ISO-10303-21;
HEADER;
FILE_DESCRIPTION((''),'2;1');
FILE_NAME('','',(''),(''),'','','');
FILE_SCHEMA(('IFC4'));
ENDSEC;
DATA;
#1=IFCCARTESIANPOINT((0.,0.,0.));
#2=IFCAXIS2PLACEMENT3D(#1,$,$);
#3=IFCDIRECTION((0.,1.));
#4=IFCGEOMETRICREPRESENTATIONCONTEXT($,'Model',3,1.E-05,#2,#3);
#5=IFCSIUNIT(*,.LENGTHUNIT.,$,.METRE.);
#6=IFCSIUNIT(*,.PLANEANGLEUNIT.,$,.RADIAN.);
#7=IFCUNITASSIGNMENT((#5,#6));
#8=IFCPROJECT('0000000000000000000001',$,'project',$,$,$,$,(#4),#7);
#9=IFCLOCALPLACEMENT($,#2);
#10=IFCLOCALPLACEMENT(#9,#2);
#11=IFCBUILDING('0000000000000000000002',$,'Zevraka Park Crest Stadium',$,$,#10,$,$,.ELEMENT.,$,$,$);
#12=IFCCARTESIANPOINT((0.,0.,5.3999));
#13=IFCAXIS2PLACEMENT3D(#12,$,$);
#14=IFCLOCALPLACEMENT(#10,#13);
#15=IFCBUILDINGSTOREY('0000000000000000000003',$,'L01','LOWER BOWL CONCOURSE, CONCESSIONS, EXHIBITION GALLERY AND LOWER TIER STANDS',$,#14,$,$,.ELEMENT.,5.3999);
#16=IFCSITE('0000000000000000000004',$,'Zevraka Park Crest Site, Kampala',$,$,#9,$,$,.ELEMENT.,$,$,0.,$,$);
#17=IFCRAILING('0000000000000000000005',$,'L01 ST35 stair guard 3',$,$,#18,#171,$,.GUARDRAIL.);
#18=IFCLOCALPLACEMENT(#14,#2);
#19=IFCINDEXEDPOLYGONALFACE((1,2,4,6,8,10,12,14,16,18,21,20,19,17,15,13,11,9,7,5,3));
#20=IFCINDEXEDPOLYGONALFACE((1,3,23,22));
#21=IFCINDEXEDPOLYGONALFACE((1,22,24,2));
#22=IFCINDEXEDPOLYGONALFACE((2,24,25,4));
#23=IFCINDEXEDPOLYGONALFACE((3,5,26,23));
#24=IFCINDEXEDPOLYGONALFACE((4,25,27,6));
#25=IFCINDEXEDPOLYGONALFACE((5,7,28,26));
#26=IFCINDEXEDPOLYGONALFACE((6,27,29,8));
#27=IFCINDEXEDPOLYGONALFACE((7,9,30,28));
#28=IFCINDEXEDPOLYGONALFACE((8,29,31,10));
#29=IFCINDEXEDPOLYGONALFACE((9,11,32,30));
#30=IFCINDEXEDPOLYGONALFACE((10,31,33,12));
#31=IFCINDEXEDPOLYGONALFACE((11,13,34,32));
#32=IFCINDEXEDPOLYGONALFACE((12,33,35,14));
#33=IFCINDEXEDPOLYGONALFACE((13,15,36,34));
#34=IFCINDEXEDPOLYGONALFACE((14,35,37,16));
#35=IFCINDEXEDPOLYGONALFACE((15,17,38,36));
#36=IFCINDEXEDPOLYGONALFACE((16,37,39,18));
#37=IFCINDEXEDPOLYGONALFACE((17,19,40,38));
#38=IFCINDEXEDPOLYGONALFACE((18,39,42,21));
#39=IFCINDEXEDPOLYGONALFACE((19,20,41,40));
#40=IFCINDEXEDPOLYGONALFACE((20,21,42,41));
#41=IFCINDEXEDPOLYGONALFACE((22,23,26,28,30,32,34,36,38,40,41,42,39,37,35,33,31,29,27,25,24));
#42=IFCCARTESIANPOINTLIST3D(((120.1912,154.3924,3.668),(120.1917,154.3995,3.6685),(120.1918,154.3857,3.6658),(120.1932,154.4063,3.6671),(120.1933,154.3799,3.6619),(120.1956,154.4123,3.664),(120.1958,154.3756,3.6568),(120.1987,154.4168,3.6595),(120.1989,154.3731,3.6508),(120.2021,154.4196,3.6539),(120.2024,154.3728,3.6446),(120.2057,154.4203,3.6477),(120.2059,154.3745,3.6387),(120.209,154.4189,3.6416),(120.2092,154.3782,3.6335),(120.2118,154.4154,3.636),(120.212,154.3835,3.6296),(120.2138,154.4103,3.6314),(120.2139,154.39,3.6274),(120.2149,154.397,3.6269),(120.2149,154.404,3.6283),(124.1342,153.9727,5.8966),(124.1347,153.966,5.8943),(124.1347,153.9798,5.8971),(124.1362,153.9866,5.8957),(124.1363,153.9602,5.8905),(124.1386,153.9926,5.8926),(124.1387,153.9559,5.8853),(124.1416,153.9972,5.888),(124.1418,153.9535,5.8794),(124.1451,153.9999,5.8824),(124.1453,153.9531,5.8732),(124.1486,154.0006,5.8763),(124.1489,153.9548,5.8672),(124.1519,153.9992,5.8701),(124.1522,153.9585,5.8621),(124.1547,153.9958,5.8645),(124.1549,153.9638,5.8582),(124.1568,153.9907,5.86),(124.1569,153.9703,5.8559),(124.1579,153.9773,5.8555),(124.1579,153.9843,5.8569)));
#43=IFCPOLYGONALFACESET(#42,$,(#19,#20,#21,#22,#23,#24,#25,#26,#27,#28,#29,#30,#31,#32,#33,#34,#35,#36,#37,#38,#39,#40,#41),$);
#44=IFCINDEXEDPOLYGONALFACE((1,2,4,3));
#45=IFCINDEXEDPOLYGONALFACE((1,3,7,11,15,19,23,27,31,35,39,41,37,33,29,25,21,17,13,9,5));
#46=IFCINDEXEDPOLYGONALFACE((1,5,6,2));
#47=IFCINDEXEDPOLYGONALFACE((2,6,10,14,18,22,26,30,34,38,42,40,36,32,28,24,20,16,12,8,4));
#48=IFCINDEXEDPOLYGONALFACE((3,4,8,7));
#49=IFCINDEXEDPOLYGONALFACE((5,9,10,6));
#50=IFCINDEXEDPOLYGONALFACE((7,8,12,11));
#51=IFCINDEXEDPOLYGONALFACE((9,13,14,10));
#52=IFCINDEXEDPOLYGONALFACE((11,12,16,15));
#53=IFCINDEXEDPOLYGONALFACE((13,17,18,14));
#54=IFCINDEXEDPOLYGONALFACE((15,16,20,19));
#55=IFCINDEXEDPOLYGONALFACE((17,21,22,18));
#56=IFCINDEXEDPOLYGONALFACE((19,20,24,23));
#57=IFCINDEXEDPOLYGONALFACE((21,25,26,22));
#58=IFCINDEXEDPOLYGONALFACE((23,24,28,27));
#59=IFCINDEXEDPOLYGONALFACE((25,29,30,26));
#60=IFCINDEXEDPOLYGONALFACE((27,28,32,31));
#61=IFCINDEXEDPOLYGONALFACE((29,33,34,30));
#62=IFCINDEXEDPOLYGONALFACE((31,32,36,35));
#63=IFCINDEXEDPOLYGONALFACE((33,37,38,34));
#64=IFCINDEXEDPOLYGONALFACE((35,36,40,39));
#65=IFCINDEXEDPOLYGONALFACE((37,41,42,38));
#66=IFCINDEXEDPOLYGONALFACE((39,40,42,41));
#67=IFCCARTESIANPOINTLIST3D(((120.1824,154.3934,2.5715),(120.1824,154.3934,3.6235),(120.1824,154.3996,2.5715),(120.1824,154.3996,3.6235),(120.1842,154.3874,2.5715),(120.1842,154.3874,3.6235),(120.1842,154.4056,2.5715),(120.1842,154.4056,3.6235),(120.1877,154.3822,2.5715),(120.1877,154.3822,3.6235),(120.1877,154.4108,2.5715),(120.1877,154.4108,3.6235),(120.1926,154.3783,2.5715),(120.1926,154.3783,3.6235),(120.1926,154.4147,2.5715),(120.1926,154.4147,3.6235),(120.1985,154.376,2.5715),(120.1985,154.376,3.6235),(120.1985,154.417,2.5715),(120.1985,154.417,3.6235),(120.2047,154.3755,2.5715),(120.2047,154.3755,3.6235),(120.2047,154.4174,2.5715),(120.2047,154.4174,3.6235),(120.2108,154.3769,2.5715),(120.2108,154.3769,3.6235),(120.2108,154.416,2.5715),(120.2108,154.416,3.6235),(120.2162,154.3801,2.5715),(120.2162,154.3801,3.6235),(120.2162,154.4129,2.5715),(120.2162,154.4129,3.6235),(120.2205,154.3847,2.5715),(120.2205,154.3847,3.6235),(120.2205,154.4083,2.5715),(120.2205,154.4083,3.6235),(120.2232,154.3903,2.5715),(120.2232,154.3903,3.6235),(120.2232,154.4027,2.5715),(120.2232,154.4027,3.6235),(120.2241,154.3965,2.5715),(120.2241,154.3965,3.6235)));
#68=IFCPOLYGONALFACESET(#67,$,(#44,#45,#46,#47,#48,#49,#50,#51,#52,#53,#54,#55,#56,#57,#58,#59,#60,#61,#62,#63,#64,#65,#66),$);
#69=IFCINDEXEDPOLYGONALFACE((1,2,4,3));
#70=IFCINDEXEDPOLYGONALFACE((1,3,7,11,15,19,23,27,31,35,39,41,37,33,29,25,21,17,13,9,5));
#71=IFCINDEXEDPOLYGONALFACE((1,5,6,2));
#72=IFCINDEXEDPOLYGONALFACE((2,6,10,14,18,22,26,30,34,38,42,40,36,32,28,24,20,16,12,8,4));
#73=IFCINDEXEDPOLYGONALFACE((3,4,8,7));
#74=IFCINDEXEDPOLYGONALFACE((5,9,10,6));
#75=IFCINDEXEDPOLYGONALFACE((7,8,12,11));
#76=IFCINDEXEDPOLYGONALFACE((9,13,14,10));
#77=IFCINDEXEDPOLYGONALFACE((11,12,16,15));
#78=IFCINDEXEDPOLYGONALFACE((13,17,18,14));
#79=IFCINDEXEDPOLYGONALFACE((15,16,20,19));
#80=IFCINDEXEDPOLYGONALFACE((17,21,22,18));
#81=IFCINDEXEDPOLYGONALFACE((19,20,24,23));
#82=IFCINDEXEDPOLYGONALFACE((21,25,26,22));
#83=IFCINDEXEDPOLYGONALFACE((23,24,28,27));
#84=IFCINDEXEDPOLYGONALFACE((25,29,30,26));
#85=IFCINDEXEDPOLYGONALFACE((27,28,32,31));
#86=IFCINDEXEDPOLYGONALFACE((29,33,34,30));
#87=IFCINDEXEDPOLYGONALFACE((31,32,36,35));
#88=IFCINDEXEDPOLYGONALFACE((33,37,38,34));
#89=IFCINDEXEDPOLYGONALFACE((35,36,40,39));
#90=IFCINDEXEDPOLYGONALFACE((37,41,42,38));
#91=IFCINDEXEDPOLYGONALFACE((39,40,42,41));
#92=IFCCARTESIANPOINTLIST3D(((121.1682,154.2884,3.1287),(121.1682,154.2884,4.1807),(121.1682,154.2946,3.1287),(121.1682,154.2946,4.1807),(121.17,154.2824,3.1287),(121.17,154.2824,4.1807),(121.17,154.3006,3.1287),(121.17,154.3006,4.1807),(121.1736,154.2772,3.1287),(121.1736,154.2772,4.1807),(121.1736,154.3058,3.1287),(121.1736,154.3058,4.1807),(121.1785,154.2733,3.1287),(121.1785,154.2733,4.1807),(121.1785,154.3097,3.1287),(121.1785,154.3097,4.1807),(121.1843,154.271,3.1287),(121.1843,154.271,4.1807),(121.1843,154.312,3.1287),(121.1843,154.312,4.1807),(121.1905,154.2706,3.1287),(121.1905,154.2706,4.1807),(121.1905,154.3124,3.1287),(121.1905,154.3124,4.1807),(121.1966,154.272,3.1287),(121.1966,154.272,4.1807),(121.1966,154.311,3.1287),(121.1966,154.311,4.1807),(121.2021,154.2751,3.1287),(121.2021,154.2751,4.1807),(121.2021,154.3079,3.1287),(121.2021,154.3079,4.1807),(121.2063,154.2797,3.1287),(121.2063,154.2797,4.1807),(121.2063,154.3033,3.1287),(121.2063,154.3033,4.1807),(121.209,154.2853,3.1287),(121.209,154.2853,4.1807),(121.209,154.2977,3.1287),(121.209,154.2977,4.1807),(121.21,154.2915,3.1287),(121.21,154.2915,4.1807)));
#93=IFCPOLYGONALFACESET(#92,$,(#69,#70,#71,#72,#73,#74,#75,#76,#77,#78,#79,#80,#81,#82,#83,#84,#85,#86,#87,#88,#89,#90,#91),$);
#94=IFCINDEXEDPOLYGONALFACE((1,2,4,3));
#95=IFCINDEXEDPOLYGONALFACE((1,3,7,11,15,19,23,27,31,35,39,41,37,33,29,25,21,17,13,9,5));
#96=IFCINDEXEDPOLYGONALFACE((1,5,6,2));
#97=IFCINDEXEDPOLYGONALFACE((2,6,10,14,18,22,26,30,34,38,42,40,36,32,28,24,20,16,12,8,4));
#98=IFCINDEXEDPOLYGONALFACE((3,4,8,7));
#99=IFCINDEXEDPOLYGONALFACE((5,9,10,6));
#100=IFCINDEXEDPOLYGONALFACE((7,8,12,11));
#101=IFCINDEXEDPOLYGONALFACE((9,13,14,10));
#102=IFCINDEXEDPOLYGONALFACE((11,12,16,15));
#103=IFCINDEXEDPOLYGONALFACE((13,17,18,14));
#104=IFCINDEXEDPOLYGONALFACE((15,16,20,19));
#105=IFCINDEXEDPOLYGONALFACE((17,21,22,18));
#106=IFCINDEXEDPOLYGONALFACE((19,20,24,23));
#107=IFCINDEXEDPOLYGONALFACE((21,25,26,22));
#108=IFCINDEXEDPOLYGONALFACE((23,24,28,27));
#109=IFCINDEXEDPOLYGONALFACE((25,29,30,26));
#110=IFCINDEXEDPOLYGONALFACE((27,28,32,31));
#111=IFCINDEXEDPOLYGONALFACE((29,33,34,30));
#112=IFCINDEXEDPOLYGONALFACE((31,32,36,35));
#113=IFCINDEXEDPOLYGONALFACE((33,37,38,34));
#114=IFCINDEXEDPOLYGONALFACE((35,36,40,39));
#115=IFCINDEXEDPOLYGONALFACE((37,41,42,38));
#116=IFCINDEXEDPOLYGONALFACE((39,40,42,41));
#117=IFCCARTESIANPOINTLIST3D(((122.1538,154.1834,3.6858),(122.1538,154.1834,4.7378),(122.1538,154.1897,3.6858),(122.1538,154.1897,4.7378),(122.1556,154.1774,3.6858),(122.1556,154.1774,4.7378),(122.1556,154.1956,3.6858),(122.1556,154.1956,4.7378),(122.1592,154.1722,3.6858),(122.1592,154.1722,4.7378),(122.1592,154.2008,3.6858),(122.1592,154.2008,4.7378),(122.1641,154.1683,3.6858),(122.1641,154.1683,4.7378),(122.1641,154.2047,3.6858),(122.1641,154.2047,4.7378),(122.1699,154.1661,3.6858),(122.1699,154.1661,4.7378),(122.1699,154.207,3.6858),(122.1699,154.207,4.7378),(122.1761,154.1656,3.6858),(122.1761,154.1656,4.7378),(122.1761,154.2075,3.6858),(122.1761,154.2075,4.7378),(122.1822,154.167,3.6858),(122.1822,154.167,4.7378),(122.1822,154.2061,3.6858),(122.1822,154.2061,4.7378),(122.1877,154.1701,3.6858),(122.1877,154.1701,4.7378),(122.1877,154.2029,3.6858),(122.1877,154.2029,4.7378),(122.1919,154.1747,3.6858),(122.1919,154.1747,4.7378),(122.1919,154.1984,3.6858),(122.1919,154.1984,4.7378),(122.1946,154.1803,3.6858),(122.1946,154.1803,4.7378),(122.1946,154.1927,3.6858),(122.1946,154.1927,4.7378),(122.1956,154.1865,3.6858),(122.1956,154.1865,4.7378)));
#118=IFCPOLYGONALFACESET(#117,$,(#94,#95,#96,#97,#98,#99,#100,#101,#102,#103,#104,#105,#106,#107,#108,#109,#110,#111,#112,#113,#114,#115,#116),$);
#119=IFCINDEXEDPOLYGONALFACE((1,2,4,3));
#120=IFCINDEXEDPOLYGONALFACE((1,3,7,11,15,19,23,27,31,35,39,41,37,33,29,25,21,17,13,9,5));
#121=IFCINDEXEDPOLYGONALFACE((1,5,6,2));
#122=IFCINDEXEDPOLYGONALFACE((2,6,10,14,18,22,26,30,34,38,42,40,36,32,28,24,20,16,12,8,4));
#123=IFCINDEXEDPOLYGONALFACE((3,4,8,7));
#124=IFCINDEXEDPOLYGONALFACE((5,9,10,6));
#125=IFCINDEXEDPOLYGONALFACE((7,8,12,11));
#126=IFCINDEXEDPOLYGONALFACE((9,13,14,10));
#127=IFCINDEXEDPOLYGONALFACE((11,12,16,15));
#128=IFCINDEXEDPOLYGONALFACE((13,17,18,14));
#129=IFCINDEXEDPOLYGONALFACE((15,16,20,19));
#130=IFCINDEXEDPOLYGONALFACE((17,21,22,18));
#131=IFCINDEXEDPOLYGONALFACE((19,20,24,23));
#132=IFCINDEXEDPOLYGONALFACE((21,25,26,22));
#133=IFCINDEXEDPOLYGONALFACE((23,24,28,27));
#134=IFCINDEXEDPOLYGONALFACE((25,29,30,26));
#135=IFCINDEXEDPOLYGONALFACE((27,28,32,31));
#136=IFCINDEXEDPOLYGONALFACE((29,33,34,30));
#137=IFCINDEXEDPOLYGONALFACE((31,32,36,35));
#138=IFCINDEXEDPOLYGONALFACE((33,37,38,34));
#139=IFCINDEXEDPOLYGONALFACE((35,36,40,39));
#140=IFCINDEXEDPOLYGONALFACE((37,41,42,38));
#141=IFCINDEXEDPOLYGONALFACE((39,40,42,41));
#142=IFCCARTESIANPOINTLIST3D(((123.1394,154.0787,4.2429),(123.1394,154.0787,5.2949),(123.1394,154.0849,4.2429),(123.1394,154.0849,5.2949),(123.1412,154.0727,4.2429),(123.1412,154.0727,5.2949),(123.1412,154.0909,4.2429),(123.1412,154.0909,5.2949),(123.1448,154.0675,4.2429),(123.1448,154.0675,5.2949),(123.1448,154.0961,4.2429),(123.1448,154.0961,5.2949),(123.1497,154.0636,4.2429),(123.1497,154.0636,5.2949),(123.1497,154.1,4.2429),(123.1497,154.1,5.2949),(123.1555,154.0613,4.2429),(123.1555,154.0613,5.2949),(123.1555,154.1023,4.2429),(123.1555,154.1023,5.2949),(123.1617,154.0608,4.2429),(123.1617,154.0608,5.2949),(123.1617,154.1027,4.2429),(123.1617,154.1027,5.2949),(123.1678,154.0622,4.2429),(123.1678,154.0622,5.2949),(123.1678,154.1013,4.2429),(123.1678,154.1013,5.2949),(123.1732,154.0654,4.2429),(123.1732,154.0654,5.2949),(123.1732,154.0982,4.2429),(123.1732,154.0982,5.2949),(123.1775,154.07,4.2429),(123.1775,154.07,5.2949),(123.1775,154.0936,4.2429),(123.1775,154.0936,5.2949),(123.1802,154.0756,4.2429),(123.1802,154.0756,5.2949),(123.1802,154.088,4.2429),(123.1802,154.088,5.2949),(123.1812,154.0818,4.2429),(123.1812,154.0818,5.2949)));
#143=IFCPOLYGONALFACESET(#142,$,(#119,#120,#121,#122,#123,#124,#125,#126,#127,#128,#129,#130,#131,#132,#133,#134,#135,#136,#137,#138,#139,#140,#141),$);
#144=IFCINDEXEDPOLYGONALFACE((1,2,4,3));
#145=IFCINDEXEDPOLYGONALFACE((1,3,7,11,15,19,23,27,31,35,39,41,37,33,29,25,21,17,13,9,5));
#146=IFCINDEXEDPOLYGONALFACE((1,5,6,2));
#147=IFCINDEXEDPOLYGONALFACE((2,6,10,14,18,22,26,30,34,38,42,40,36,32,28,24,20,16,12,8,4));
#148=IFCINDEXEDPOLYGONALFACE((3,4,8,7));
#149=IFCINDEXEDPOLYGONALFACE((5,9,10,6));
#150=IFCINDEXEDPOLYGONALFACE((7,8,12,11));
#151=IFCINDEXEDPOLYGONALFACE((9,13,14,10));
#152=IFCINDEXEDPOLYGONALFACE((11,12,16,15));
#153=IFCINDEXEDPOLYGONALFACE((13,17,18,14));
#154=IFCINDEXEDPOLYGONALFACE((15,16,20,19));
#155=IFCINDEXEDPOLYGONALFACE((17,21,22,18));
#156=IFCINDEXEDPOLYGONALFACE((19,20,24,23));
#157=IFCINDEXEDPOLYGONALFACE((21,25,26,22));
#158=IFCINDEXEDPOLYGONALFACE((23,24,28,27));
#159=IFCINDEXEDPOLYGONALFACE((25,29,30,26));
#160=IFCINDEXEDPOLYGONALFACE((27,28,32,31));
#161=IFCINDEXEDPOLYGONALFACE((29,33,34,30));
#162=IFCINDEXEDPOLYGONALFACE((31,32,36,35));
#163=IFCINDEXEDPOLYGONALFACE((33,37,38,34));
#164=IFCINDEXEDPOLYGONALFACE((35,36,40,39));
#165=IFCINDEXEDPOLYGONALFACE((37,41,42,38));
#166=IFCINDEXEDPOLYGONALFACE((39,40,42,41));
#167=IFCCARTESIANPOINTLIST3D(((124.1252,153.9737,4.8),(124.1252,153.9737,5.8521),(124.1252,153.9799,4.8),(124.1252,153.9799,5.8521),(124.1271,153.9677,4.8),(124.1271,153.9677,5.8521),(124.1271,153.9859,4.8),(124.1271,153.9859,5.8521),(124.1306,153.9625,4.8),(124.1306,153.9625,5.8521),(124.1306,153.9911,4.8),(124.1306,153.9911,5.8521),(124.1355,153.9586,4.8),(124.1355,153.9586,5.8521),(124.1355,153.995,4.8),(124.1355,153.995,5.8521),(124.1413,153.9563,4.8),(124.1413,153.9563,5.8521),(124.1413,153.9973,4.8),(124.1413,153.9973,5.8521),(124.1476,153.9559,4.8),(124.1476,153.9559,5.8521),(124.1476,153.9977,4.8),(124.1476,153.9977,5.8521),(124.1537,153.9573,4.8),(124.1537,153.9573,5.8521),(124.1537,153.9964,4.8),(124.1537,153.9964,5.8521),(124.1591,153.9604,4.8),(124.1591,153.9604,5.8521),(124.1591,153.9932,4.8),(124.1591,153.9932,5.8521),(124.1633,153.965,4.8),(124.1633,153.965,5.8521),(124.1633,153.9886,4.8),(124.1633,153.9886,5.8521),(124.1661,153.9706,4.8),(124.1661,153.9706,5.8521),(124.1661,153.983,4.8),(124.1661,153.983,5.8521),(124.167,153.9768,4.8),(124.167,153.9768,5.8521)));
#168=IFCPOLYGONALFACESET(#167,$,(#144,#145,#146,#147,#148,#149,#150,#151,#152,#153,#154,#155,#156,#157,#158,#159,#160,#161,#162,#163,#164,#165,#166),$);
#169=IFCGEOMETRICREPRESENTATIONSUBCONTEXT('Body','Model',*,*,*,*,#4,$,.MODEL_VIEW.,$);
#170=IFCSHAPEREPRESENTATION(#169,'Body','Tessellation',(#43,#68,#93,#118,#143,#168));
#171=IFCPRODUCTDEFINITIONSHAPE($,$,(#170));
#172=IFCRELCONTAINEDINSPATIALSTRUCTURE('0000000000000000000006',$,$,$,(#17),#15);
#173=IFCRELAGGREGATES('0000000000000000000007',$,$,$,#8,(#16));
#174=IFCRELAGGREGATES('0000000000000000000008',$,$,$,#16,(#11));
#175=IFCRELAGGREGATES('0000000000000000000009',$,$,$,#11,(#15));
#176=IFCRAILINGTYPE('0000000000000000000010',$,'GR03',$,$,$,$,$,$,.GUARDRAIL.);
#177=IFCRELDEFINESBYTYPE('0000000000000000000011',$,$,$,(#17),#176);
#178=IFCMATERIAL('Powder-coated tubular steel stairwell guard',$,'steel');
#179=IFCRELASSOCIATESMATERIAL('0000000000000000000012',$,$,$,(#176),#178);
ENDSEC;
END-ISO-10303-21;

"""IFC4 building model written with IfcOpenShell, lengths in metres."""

from ifc_helpers import new_model, si_unit, direction, frame, origin, origin_2d, place, context, subcontext, project, spatial, circle, extrude, material, type_object, element, save


model = new_model("IFC4")

# Units and contexts
model_context = context("Model", 3, precision=1e-05, world=origin(), true_north=direction((0.0, 1.0)))
body_context = subcontext(model_context, "Body", "Model", "MODEL_VIEW")
ifc_project = project(units=[si_unit("LENGTHUNIT", "METRE"), si_unit("PLANEANGLEUNIT", "RADIAN")], contexts=[model_context])

# Site, building, storey
site_placement = place(None, origin())
site = spatial("IfcSite", under=ifc_project, at=site_placement, Name="Zevraka Park Crest Site, Kampala", CompositionType="ELEMENT", RefElevation=0.0)
building_placement = place(site_placement, origin())
building = spatial("IfcBuilding", under=site, at=building_placement, Name="Zevraka Park Crest Stadium", CompositionType="ELEMENT")
storey_placement = place(building_placement, frame((0.0, 0.0, 5.3999)))
storey = spatial("IfcBuildingStorey", under=building, at=storey_placement, Name="L01", Description="LOWER BOWL CONCOURSE, CONCESSIONS, EXHIBITION GALLERY AND LOWER TIER STANDS", CompositionType="ELEMENT", Elevation=5.3999)

# Railing
ifc_material_1 = material(Name="Powder-coated tubular steel stairwell guard", Category="steel")
railing_type_1 = type_object("IfcRailingType", Name="GR03", PredefinedType="GUARDRAIL", material=ifc_material_1)
railing_1_placement = place(storey_placement, frame((120.2031, 154.3965, 2.5715)))
element("IfcRailing", 1, at=railing_1_placement, inside=storey, type_object=railing_type_1, Name="L01 ST35 stair guard 3", PredefinedType="GUARDRAIL", context=body_context, shape_type="SweptSolid", body=[
    extrude(circle(Radius=0.0239, at=origin_2d()), frame((0.0, 0.0, 1.0762), z_axis=(0.866855, -0.092268, 0.489948), x_axis=(0.105842, 0.994383, 0.0)), (0.0, 0.0, 1.0), 4.5486),
    extrude(circle(Radius=0.021, at=origin_2d()), origin(), (0.0, 0.0, 1.0), 1.052),
    extrude(circle(Radius=0.021, at=origin_2d()), frame((0.9858, -0.105, 0.5571)), (0.0, 0.0, 1.0), 1.052),
    extrude(circle(Radius=0.021, at=origin_2d()), frame((1.9714, -0.21, 1.1143)), (0.0, 0.0, 1.0), 1.052),
    extrude(circle(Radius=0.021, at=origin_2d()), frame((2.957, -0.3147, 1.6714)), (0.0, 0.0, 1.0), 1.052),
    extrude(circle(Radius=0.021, at=origin_2d()), frame((3.9429, -0.4197, 2.2285)), (0.0, 0.0, 1.0), 1.052),
])

save(model, "model.ifc")
